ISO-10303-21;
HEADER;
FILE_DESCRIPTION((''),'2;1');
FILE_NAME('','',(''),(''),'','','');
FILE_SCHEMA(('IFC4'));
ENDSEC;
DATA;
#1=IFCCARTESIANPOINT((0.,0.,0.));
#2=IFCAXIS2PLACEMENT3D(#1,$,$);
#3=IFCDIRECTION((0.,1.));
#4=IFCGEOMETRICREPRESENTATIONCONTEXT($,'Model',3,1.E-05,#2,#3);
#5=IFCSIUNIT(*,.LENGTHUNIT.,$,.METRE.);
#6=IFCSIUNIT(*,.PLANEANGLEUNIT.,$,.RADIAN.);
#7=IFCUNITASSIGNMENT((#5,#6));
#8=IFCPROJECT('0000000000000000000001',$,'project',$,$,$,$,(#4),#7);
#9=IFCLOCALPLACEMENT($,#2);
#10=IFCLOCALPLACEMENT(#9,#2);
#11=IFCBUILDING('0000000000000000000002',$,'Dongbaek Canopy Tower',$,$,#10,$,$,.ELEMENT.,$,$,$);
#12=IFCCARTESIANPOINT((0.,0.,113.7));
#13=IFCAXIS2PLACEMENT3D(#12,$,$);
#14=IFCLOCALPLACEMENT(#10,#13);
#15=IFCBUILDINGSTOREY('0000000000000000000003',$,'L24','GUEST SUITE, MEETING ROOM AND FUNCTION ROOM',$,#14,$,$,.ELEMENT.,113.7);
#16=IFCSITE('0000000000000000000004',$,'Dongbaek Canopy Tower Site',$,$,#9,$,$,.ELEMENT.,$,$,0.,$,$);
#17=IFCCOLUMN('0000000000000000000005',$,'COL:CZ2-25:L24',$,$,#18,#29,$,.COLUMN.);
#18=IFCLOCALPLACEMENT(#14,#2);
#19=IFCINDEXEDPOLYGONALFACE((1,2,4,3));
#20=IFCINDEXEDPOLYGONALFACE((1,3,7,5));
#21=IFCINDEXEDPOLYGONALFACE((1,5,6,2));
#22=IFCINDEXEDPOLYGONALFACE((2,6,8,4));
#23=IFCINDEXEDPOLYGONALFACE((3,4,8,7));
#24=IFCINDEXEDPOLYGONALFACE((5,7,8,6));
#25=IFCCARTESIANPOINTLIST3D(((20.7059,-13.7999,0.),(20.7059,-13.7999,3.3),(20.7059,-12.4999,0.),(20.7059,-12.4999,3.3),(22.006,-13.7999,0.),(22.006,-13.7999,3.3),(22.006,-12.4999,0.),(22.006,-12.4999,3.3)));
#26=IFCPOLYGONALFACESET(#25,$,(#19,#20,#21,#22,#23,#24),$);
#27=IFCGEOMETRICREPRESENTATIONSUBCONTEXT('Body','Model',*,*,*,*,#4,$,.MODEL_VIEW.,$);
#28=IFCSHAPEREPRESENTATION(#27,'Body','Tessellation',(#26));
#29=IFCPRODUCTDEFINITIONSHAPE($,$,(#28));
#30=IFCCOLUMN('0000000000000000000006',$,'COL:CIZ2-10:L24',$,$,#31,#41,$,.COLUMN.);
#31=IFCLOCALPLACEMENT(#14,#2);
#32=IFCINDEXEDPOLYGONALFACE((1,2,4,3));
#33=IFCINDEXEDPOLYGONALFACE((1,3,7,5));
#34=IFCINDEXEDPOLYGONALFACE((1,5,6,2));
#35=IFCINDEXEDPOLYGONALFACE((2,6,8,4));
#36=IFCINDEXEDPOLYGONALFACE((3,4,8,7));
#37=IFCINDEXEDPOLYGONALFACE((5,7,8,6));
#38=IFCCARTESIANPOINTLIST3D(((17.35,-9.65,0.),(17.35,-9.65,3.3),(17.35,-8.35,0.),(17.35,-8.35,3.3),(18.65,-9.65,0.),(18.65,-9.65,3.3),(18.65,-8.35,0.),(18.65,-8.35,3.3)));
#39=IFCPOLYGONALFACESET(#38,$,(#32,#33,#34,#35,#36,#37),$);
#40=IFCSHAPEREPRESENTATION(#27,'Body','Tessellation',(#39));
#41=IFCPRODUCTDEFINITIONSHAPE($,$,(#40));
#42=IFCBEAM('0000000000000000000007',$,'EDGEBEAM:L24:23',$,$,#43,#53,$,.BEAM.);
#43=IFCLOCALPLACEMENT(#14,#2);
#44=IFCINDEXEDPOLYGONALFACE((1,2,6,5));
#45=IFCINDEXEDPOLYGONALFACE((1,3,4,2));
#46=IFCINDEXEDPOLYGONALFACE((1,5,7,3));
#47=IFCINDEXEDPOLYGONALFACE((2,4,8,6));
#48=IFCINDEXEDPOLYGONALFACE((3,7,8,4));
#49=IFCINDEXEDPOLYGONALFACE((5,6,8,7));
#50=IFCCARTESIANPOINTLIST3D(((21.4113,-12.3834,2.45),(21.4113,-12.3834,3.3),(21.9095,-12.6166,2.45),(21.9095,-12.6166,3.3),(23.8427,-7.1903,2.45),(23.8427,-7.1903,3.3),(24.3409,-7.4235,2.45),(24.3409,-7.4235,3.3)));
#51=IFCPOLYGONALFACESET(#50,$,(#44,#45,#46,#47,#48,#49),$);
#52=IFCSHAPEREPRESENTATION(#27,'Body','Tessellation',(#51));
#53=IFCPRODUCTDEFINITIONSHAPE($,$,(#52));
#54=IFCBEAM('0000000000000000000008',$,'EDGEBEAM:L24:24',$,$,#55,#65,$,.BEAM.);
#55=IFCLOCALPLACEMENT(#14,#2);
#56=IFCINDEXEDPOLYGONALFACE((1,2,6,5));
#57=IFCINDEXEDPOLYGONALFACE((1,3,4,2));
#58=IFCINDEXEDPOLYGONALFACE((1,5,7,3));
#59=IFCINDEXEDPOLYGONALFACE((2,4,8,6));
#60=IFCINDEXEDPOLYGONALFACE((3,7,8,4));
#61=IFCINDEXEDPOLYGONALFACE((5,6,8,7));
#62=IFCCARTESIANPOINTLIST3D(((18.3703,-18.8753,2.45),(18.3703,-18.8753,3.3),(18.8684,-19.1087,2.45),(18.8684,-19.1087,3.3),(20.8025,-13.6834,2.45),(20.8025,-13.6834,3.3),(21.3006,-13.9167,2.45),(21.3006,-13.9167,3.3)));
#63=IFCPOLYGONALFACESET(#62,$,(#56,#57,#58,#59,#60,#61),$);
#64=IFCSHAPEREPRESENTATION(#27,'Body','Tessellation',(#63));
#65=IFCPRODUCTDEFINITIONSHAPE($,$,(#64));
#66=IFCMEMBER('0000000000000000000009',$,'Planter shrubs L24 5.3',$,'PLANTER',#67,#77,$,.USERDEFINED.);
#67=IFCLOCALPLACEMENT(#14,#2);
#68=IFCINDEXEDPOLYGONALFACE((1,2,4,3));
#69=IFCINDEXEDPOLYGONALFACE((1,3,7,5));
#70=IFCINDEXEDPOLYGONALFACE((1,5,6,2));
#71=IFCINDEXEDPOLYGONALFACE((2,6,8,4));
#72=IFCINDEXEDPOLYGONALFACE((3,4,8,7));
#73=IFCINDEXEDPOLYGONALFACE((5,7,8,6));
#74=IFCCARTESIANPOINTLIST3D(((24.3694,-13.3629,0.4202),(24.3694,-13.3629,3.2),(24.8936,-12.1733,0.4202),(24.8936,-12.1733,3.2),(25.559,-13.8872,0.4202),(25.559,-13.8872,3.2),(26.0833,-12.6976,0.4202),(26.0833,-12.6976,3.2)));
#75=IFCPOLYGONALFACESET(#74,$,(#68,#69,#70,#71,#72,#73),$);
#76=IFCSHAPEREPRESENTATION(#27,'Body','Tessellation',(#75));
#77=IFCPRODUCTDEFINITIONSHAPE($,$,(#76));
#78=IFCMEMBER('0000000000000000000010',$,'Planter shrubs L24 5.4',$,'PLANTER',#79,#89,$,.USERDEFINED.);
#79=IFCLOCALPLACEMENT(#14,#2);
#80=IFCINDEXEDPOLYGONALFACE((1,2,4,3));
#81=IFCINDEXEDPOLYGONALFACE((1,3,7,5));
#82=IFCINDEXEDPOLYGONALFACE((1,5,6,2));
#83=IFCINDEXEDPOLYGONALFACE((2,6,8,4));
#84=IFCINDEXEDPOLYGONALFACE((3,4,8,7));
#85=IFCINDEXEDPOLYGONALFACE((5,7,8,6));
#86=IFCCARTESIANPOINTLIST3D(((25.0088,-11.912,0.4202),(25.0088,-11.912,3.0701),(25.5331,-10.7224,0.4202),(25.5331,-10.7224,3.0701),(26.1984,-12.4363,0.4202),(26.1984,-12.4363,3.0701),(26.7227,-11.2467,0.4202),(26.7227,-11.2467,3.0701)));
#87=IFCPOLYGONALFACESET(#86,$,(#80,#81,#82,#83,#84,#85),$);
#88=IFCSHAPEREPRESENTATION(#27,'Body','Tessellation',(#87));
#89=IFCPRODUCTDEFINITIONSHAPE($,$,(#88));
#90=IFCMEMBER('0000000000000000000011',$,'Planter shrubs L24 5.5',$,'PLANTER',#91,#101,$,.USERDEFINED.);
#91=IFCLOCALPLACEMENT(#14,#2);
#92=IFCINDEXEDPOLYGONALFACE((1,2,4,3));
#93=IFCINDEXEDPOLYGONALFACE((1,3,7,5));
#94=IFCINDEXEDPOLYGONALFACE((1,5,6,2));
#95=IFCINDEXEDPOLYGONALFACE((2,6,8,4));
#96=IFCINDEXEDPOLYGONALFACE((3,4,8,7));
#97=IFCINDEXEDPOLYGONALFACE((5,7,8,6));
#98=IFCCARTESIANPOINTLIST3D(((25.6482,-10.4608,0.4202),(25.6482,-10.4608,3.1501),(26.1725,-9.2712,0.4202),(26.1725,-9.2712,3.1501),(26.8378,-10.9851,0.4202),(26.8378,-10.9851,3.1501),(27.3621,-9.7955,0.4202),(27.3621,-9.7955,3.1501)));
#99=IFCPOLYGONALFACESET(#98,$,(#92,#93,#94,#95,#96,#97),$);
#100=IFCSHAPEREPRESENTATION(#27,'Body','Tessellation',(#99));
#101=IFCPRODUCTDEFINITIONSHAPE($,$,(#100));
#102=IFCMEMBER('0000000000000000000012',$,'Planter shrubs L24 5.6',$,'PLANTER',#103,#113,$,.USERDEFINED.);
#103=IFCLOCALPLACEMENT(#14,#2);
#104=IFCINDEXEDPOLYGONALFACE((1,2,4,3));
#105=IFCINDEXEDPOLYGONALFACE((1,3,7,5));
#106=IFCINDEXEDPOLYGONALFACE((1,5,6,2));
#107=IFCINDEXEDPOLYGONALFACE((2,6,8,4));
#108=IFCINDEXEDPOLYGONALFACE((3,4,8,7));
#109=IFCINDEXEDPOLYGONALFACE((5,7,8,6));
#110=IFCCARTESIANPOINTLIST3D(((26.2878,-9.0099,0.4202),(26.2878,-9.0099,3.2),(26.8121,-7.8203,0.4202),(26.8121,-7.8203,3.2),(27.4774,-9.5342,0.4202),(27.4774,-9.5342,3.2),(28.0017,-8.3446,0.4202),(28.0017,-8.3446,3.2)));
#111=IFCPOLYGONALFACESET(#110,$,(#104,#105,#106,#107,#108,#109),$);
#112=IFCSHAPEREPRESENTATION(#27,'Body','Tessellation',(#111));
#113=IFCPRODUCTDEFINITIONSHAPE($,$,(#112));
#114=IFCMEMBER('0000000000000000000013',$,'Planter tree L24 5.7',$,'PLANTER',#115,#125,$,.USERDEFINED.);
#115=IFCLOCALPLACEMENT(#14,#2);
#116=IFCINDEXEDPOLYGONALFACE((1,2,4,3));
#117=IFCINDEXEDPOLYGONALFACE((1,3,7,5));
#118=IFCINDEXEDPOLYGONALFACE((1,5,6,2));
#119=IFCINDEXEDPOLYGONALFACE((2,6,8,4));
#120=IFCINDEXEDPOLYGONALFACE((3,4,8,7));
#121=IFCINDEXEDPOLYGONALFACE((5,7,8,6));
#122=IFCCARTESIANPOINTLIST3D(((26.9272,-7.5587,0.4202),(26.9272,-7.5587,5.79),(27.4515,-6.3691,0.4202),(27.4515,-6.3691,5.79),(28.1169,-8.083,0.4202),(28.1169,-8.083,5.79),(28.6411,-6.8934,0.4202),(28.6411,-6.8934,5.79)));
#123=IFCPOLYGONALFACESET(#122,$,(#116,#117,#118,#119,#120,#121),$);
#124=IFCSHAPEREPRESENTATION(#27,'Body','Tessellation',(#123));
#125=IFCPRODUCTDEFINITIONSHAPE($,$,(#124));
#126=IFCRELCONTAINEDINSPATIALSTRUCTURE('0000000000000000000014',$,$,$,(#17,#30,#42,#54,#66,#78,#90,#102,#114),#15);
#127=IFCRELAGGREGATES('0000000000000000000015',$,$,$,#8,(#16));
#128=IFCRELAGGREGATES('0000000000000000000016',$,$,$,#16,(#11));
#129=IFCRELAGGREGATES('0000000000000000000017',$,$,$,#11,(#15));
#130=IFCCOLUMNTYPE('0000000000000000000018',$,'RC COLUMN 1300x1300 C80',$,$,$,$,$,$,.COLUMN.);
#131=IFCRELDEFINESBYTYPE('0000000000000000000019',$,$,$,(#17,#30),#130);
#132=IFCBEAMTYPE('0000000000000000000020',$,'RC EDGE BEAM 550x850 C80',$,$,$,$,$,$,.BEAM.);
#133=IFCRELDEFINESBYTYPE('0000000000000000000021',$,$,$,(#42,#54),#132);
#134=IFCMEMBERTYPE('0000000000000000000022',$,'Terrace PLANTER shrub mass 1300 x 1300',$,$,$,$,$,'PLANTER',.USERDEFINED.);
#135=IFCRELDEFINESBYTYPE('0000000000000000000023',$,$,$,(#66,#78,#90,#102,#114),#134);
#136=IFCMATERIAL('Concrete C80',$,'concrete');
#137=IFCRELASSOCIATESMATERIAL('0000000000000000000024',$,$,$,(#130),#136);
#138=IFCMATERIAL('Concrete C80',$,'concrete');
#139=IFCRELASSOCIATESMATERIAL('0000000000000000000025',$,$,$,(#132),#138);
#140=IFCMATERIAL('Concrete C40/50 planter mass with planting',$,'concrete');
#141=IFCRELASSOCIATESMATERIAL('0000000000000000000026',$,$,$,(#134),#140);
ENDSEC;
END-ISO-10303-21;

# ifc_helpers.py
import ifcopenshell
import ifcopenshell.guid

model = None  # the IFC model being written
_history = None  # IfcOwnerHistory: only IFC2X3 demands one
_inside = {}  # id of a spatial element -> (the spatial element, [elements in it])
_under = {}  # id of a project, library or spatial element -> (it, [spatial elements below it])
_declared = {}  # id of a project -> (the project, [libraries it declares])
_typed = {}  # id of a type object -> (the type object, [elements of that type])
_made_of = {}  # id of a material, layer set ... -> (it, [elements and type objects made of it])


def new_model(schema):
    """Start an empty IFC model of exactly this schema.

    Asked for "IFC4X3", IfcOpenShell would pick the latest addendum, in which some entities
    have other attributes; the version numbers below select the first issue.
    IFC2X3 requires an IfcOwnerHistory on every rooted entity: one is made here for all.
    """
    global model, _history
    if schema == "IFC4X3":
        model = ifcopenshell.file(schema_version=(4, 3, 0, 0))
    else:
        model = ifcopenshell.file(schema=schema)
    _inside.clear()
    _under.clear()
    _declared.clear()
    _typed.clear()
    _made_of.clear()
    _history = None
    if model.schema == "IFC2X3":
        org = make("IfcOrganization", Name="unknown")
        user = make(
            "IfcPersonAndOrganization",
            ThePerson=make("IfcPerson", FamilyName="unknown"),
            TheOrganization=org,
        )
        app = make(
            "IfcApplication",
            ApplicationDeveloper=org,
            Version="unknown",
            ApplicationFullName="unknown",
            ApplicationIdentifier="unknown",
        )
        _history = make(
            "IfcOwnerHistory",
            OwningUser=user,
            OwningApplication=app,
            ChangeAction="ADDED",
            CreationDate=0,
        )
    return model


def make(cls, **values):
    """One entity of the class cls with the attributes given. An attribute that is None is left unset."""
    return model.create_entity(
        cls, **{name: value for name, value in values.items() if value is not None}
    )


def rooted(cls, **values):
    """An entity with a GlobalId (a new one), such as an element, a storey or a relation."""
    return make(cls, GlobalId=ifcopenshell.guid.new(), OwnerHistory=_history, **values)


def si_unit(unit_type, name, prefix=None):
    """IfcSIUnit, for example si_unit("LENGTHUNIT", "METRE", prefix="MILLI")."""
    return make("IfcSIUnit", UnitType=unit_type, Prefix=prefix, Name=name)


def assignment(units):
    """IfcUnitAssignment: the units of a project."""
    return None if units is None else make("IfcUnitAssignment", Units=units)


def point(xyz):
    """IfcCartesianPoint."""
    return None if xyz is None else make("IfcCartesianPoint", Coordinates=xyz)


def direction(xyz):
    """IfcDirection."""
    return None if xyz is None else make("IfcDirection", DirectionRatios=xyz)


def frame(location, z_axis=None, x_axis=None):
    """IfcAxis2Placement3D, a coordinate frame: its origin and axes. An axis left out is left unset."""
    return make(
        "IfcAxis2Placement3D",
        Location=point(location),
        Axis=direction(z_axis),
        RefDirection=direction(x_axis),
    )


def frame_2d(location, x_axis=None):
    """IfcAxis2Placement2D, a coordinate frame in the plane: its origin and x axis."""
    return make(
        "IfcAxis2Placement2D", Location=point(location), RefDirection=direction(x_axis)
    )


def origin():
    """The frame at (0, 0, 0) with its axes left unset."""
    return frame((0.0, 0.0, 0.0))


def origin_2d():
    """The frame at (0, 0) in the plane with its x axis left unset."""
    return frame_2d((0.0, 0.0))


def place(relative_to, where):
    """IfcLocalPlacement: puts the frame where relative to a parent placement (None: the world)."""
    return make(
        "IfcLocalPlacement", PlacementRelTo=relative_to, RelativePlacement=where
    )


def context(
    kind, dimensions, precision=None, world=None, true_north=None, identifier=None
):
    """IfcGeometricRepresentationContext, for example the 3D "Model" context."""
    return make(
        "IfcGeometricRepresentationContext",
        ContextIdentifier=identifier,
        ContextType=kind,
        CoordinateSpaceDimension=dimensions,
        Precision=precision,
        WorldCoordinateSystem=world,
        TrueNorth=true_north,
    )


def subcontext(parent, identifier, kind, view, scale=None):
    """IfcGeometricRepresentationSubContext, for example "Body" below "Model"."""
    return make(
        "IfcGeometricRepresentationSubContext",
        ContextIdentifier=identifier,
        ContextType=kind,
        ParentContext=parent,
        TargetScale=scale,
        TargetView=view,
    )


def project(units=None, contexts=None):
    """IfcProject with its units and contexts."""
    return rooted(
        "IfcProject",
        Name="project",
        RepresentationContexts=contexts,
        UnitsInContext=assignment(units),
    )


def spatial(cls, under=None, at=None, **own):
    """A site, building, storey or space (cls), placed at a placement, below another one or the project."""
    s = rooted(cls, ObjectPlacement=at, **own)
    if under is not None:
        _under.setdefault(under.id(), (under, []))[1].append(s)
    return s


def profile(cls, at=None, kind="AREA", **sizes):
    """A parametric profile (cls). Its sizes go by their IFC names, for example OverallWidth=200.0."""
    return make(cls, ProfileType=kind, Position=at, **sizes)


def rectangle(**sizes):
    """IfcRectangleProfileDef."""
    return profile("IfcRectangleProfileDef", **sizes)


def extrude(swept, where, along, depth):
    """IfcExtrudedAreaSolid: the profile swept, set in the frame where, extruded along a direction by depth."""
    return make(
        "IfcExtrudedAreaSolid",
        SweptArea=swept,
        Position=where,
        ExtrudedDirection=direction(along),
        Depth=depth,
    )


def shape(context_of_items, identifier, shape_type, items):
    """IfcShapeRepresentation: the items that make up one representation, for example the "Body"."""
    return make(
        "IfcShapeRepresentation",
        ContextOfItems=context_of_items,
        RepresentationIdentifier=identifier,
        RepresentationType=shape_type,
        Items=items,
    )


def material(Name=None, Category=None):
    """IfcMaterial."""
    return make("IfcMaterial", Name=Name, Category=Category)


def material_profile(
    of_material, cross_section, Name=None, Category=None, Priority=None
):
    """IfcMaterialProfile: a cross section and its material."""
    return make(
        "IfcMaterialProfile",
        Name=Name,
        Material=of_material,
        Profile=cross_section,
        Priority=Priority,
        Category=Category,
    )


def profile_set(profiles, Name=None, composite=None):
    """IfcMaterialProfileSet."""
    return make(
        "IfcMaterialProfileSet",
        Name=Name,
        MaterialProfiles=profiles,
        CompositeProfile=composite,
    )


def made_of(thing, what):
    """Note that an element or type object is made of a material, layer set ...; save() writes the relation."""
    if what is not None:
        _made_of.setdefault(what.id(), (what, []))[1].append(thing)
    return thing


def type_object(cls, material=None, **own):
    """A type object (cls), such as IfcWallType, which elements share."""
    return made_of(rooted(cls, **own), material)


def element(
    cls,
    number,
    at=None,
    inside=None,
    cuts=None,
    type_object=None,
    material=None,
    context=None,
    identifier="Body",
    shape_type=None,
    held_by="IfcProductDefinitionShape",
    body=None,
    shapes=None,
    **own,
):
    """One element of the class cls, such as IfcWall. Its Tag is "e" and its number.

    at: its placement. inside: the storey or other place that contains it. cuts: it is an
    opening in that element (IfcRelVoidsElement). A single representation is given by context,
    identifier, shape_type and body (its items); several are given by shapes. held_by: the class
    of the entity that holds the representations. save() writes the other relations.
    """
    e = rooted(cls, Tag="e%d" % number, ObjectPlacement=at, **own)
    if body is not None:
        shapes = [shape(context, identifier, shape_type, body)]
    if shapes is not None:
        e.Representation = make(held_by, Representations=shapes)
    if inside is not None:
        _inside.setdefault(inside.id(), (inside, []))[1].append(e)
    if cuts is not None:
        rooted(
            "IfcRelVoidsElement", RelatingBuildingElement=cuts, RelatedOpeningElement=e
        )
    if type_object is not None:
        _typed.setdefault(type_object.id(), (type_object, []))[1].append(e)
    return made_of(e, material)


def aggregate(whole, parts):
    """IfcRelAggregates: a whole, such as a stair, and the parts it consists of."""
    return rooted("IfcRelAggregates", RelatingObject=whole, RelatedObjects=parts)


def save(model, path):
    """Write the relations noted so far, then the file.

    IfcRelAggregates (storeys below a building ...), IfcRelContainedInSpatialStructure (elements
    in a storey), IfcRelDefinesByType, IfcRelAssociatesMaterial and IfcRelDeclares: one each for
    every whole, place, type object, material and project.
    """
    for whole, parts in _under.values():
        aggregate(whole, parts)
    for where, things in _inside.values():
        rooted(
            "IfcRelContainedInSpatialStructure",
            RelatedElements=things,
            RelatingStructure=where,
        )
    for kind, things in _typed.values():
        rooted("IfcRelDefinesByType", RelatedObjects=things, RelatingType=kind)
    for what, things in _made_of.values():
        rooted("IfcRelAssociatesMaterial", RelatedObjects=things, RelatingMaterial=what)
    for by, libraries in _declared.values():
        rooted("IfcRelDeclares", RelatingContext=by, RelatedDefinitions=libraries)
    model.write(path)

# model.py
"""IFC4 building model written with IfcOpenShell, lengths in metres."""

from ifc_helpers import new_model, si_unit, direction, frame, origin, origin_2d, place, context, subcontext, project, spatial, rectangle, extrude, material, material_profile, profile_set, type_object, element, save


model = new_model("IFC4")

# Units and contexts
model_context = context("Model", 3, precision=1e-05, world=origin(), true_north=direction((0.0, 1.0)))
body_context = subcontext(model_context, "Body", "Model", "MODEL_VIEW")
ifc_project = project(units=[si_unit("LENGTHUNIT", "METRE"), si_unit("PLANEANGLEUNIT", "RADIAN")], contexts=[model_context])

# Site, building, storey
site_placement = place(None, origin())
site = spatial("IfcSite", under=ifc_project, at=site_placement, Name="Dongbaek Canopy Tower Site", CompositionType="ELEMENT", RefElevation=0.0)
building_placement = place(site_placement, origin())
building = spatial("IfcBuilding", under=site, at=building_placement, Name="Dongbaek Canopy Tower", CompositionType="ELEMENT")
storey_placement = place(building_placement, frame((0.0, 0.0, 113.7)))
storey = spatial("IfcBuildingStorey", under=building, at=storey_placement, Name="L24", Description="GUEST SUITE, MEETING ROOM AND FUNCTION ROOM", CompositionType="ELEMENT", Elevation=113.7)

# Columns
ifc_material_1 = material(Name="Concrete C80", Category="concrete")
ifc_material_profile_1 = material_profile(ifc_material_1, rectangle(XDim=1.3, YDim=1.3, at=origin_2d()), Name="RC COLUMN 1300x1300 C80")
ifc_profile_set_1 = profile_set([ifc_material_profile_1], Name="Concrete C80")
column_type = type_object("IfcColumnType", Name="RC COLUMN 1300x1300 C80", PredefinedType="COLUMN", material=ifc_profile_set_1)
for number, where, z_axis, x_axis, name in (
    (1, (21.356, -13.1499, 0.0), (0.0, 0.0, 1.0), (1.0, 0.0, 0.0), "COL:CZ2-25:L24"),
    (2, (18.0, -9.0, 0.0), (0.0, 0.0, 1.0), (1.0, 0.0, 0.0), "COL:CIZ2-10:L24"),
):
    element("IfcColumn", number, at=place(storey_placement, frame(where, z_axis=z_axis, x_axis=x_axis)), inside=storey, type_object=column_type, Name=name, PredefinedType="COLUMN", context=body_context, shape_type="SweptSolid", body=[
        extrude(rectangle(XDim=1.3, YDim=1.3, at=origin_2d()), origin(), (0.0, 0.0, 1.0), 3.3),
    ])

# Beams
ifc_material_2 = material(Name="Concrete C80", Category="concrete")
ifc_material_profile_2 = material_profile(ifc_material_2, rectangle(XDim=0.55, YDim=0.8501, at=origin_2d()), Name="RC EDGE BEAM 550x850 C80")
ifc_profile_set_2 = profile_set([ifc_material_profile_2], Name="Concrete C80")
beam_type = type_object("IfcBeamType", Name="RC EDGE BEAM 550x850 C80", PredefinedType="BEAM", material=ifc_profile_set_2)
beam_1_placement = place(storey_placement, frame((24.0918, -7.3069, 2.875), z_axis=(-0.424023, -0.905652, 0.0), x_axis=(0.905652, -0.424023, 0.0)))
element("IfcBeam", 3, at=beam_1_placement, inside=storey, type_object=beam_type, Name="EDGEBEAM:L24:23", PredefinedType="BEAM", context=body_context, shape_type="SweptSolid", body=[
    extrude(rectangle(XDim=0.55, YDim=0.8501, at=origin_2d()), origin(), (0.0, 0.0, 1.0), 5.7341),
])
beam_2_placement = place(storey_placement, frame((21.0515, -13.8, 2.875), z_axis=(-0.424209, -0.905564, 0.0), x_axis=(0.905564, -0.424209, 0.0)))
element("IfcBeam", 4, at=beam_2_placement, inside=storey, type_object=beam_type, Name="EDGEBEAM:L24:24", PredefinedType="BEAM", context=body_context, shape_type="SweptSolid", body=[
    extrude(rectangle(XDim=0.55, YDim=0.8501, at=origin_2d()), origin(), (0.0, 0.0, 1.0), 5.7334),
])

# Members
ifc_material_3 = material(Name="Concrete C40/50 planter mass with planting", Category="concrete")
ifc_material_profile_3 = material_profile(ifc_material_3, rectangle(XDim=1.3, YDim=1.3, at=origin_2d()), Name="Terrace PLANTER shrub mass 1300 x 1300")
ifc_profile_set_3 = profile_set([ifc_material_profile_3], Name="Concrete C40/50 planter mass with planting")
member_type = type_object("IfcMemberType", Name="Terrace PLANTER shrub mass 1300 x 1300", ElementType="PLANTER", PredefinedType="USERDEFINED", material=ifc_profile_set_3)
member_1_placement = place(storey_placement, frame((25.2263, -13.0303, 0.4202), z_axis=(0.0, 0.0, 1.0), x_axis=(0.915073, -0.403289, 0.0)))
element("IfcMember", 5, at=member_1_placement, inside=storey, type_object=member_type, Name="Planter shrubs L24 5.3", ObjectType="PLANTER", PredefinedType="USERDEFINED", context=body_context, shape_type="SweptSolid", body=[
    extrude(rectangle(XDim=1.3, YDim=1.3, at=origin_2d()), origin(), (0.0, 0.0, 1.0), 2.7798),
])
member_2_placement = place(storey_placement, frame((25.8657, -11.5793, 0.4202), z_axis=(0.0, 0.0, 1.0), x_axis=(0.915073, -0.403289, 0.0)))
element("IfcMember", 6, at=member_2_placement, inside=storey, type_object=member_type, Name="Planter shrubs L24 5.4", ObjectType="PLANTER", PredefinedType="USERDEFINED", context=body_context, shape_type="SweptSolid", body=[
    extrude(rectangle(XDim=1.3, YDim=1.3, at=origin_2d()), origin(), (0.0, 0.0, 1.0), 2.6499),
])
member_3_placement = place(storey_placement, frame((26.5051, -10.1282, 0.4202), z_axis=(0.0, 0.0, 1.0), x_axis=(0.915073, -0.403289, 0.0)))
element("IfcMember", 7, at=member_3_placement, inside=storey, type_object=member_type, Name="Planter shrubs L24 5.5", ObjectType="PLANTER", PredefinedType="USERDEFINED", context=body_context, shape_type="SweptSolid", body=[
    extrude(rectangle(XDim=1.3, YDim=1.3, at=origin_2d()), origin(), (0.0, 0.0, 1.0), 2.73),
])
member_4_placement = place(storey_placement, frame((27.1448, -8.6772, 0.4202), z_axis=(0.0, 0.0, 1.0), x_axis=(0.915073, -0.403289, 0.0)))
element("IfcMember", 8, at=member_4_placement, inside=storey, type_object=member_type, Name="Planter shrubs L24 5.6", ObjectType="PLANTER", PredefinedType="USERDEFINED", context=body_context, shape_type="SweptSolid", body=[
    extrude(rectangle(XDim=1.3, YDim=1.3, at=origin_2d()), origin(), (0.0, 0.0, 1.0), 2.7798),
])
member_5_placement = place(storey_placement, frame((27.7842, -7.2261, 0.4202), z_axis=(0.0, 0.0, 1.0), x_axis=(0.915073, -0.403289, 0.0)))
element("IfcMember", 9, at=member_5_placement, inside=storey, type_object=member_type, Name="Planter tree L24 5.7", ObjectType="PLANTER", PredefinedType="USERDEFINED", context=body_context, shape_type="SweptSolid", body=[
    extrude(rectangle(XDim=1.3, YDim=1.3, at=origin_2d()), origin(), (0.0, 0.0, 1.0), 5.3699),
])

save(model, "model.ifc")
